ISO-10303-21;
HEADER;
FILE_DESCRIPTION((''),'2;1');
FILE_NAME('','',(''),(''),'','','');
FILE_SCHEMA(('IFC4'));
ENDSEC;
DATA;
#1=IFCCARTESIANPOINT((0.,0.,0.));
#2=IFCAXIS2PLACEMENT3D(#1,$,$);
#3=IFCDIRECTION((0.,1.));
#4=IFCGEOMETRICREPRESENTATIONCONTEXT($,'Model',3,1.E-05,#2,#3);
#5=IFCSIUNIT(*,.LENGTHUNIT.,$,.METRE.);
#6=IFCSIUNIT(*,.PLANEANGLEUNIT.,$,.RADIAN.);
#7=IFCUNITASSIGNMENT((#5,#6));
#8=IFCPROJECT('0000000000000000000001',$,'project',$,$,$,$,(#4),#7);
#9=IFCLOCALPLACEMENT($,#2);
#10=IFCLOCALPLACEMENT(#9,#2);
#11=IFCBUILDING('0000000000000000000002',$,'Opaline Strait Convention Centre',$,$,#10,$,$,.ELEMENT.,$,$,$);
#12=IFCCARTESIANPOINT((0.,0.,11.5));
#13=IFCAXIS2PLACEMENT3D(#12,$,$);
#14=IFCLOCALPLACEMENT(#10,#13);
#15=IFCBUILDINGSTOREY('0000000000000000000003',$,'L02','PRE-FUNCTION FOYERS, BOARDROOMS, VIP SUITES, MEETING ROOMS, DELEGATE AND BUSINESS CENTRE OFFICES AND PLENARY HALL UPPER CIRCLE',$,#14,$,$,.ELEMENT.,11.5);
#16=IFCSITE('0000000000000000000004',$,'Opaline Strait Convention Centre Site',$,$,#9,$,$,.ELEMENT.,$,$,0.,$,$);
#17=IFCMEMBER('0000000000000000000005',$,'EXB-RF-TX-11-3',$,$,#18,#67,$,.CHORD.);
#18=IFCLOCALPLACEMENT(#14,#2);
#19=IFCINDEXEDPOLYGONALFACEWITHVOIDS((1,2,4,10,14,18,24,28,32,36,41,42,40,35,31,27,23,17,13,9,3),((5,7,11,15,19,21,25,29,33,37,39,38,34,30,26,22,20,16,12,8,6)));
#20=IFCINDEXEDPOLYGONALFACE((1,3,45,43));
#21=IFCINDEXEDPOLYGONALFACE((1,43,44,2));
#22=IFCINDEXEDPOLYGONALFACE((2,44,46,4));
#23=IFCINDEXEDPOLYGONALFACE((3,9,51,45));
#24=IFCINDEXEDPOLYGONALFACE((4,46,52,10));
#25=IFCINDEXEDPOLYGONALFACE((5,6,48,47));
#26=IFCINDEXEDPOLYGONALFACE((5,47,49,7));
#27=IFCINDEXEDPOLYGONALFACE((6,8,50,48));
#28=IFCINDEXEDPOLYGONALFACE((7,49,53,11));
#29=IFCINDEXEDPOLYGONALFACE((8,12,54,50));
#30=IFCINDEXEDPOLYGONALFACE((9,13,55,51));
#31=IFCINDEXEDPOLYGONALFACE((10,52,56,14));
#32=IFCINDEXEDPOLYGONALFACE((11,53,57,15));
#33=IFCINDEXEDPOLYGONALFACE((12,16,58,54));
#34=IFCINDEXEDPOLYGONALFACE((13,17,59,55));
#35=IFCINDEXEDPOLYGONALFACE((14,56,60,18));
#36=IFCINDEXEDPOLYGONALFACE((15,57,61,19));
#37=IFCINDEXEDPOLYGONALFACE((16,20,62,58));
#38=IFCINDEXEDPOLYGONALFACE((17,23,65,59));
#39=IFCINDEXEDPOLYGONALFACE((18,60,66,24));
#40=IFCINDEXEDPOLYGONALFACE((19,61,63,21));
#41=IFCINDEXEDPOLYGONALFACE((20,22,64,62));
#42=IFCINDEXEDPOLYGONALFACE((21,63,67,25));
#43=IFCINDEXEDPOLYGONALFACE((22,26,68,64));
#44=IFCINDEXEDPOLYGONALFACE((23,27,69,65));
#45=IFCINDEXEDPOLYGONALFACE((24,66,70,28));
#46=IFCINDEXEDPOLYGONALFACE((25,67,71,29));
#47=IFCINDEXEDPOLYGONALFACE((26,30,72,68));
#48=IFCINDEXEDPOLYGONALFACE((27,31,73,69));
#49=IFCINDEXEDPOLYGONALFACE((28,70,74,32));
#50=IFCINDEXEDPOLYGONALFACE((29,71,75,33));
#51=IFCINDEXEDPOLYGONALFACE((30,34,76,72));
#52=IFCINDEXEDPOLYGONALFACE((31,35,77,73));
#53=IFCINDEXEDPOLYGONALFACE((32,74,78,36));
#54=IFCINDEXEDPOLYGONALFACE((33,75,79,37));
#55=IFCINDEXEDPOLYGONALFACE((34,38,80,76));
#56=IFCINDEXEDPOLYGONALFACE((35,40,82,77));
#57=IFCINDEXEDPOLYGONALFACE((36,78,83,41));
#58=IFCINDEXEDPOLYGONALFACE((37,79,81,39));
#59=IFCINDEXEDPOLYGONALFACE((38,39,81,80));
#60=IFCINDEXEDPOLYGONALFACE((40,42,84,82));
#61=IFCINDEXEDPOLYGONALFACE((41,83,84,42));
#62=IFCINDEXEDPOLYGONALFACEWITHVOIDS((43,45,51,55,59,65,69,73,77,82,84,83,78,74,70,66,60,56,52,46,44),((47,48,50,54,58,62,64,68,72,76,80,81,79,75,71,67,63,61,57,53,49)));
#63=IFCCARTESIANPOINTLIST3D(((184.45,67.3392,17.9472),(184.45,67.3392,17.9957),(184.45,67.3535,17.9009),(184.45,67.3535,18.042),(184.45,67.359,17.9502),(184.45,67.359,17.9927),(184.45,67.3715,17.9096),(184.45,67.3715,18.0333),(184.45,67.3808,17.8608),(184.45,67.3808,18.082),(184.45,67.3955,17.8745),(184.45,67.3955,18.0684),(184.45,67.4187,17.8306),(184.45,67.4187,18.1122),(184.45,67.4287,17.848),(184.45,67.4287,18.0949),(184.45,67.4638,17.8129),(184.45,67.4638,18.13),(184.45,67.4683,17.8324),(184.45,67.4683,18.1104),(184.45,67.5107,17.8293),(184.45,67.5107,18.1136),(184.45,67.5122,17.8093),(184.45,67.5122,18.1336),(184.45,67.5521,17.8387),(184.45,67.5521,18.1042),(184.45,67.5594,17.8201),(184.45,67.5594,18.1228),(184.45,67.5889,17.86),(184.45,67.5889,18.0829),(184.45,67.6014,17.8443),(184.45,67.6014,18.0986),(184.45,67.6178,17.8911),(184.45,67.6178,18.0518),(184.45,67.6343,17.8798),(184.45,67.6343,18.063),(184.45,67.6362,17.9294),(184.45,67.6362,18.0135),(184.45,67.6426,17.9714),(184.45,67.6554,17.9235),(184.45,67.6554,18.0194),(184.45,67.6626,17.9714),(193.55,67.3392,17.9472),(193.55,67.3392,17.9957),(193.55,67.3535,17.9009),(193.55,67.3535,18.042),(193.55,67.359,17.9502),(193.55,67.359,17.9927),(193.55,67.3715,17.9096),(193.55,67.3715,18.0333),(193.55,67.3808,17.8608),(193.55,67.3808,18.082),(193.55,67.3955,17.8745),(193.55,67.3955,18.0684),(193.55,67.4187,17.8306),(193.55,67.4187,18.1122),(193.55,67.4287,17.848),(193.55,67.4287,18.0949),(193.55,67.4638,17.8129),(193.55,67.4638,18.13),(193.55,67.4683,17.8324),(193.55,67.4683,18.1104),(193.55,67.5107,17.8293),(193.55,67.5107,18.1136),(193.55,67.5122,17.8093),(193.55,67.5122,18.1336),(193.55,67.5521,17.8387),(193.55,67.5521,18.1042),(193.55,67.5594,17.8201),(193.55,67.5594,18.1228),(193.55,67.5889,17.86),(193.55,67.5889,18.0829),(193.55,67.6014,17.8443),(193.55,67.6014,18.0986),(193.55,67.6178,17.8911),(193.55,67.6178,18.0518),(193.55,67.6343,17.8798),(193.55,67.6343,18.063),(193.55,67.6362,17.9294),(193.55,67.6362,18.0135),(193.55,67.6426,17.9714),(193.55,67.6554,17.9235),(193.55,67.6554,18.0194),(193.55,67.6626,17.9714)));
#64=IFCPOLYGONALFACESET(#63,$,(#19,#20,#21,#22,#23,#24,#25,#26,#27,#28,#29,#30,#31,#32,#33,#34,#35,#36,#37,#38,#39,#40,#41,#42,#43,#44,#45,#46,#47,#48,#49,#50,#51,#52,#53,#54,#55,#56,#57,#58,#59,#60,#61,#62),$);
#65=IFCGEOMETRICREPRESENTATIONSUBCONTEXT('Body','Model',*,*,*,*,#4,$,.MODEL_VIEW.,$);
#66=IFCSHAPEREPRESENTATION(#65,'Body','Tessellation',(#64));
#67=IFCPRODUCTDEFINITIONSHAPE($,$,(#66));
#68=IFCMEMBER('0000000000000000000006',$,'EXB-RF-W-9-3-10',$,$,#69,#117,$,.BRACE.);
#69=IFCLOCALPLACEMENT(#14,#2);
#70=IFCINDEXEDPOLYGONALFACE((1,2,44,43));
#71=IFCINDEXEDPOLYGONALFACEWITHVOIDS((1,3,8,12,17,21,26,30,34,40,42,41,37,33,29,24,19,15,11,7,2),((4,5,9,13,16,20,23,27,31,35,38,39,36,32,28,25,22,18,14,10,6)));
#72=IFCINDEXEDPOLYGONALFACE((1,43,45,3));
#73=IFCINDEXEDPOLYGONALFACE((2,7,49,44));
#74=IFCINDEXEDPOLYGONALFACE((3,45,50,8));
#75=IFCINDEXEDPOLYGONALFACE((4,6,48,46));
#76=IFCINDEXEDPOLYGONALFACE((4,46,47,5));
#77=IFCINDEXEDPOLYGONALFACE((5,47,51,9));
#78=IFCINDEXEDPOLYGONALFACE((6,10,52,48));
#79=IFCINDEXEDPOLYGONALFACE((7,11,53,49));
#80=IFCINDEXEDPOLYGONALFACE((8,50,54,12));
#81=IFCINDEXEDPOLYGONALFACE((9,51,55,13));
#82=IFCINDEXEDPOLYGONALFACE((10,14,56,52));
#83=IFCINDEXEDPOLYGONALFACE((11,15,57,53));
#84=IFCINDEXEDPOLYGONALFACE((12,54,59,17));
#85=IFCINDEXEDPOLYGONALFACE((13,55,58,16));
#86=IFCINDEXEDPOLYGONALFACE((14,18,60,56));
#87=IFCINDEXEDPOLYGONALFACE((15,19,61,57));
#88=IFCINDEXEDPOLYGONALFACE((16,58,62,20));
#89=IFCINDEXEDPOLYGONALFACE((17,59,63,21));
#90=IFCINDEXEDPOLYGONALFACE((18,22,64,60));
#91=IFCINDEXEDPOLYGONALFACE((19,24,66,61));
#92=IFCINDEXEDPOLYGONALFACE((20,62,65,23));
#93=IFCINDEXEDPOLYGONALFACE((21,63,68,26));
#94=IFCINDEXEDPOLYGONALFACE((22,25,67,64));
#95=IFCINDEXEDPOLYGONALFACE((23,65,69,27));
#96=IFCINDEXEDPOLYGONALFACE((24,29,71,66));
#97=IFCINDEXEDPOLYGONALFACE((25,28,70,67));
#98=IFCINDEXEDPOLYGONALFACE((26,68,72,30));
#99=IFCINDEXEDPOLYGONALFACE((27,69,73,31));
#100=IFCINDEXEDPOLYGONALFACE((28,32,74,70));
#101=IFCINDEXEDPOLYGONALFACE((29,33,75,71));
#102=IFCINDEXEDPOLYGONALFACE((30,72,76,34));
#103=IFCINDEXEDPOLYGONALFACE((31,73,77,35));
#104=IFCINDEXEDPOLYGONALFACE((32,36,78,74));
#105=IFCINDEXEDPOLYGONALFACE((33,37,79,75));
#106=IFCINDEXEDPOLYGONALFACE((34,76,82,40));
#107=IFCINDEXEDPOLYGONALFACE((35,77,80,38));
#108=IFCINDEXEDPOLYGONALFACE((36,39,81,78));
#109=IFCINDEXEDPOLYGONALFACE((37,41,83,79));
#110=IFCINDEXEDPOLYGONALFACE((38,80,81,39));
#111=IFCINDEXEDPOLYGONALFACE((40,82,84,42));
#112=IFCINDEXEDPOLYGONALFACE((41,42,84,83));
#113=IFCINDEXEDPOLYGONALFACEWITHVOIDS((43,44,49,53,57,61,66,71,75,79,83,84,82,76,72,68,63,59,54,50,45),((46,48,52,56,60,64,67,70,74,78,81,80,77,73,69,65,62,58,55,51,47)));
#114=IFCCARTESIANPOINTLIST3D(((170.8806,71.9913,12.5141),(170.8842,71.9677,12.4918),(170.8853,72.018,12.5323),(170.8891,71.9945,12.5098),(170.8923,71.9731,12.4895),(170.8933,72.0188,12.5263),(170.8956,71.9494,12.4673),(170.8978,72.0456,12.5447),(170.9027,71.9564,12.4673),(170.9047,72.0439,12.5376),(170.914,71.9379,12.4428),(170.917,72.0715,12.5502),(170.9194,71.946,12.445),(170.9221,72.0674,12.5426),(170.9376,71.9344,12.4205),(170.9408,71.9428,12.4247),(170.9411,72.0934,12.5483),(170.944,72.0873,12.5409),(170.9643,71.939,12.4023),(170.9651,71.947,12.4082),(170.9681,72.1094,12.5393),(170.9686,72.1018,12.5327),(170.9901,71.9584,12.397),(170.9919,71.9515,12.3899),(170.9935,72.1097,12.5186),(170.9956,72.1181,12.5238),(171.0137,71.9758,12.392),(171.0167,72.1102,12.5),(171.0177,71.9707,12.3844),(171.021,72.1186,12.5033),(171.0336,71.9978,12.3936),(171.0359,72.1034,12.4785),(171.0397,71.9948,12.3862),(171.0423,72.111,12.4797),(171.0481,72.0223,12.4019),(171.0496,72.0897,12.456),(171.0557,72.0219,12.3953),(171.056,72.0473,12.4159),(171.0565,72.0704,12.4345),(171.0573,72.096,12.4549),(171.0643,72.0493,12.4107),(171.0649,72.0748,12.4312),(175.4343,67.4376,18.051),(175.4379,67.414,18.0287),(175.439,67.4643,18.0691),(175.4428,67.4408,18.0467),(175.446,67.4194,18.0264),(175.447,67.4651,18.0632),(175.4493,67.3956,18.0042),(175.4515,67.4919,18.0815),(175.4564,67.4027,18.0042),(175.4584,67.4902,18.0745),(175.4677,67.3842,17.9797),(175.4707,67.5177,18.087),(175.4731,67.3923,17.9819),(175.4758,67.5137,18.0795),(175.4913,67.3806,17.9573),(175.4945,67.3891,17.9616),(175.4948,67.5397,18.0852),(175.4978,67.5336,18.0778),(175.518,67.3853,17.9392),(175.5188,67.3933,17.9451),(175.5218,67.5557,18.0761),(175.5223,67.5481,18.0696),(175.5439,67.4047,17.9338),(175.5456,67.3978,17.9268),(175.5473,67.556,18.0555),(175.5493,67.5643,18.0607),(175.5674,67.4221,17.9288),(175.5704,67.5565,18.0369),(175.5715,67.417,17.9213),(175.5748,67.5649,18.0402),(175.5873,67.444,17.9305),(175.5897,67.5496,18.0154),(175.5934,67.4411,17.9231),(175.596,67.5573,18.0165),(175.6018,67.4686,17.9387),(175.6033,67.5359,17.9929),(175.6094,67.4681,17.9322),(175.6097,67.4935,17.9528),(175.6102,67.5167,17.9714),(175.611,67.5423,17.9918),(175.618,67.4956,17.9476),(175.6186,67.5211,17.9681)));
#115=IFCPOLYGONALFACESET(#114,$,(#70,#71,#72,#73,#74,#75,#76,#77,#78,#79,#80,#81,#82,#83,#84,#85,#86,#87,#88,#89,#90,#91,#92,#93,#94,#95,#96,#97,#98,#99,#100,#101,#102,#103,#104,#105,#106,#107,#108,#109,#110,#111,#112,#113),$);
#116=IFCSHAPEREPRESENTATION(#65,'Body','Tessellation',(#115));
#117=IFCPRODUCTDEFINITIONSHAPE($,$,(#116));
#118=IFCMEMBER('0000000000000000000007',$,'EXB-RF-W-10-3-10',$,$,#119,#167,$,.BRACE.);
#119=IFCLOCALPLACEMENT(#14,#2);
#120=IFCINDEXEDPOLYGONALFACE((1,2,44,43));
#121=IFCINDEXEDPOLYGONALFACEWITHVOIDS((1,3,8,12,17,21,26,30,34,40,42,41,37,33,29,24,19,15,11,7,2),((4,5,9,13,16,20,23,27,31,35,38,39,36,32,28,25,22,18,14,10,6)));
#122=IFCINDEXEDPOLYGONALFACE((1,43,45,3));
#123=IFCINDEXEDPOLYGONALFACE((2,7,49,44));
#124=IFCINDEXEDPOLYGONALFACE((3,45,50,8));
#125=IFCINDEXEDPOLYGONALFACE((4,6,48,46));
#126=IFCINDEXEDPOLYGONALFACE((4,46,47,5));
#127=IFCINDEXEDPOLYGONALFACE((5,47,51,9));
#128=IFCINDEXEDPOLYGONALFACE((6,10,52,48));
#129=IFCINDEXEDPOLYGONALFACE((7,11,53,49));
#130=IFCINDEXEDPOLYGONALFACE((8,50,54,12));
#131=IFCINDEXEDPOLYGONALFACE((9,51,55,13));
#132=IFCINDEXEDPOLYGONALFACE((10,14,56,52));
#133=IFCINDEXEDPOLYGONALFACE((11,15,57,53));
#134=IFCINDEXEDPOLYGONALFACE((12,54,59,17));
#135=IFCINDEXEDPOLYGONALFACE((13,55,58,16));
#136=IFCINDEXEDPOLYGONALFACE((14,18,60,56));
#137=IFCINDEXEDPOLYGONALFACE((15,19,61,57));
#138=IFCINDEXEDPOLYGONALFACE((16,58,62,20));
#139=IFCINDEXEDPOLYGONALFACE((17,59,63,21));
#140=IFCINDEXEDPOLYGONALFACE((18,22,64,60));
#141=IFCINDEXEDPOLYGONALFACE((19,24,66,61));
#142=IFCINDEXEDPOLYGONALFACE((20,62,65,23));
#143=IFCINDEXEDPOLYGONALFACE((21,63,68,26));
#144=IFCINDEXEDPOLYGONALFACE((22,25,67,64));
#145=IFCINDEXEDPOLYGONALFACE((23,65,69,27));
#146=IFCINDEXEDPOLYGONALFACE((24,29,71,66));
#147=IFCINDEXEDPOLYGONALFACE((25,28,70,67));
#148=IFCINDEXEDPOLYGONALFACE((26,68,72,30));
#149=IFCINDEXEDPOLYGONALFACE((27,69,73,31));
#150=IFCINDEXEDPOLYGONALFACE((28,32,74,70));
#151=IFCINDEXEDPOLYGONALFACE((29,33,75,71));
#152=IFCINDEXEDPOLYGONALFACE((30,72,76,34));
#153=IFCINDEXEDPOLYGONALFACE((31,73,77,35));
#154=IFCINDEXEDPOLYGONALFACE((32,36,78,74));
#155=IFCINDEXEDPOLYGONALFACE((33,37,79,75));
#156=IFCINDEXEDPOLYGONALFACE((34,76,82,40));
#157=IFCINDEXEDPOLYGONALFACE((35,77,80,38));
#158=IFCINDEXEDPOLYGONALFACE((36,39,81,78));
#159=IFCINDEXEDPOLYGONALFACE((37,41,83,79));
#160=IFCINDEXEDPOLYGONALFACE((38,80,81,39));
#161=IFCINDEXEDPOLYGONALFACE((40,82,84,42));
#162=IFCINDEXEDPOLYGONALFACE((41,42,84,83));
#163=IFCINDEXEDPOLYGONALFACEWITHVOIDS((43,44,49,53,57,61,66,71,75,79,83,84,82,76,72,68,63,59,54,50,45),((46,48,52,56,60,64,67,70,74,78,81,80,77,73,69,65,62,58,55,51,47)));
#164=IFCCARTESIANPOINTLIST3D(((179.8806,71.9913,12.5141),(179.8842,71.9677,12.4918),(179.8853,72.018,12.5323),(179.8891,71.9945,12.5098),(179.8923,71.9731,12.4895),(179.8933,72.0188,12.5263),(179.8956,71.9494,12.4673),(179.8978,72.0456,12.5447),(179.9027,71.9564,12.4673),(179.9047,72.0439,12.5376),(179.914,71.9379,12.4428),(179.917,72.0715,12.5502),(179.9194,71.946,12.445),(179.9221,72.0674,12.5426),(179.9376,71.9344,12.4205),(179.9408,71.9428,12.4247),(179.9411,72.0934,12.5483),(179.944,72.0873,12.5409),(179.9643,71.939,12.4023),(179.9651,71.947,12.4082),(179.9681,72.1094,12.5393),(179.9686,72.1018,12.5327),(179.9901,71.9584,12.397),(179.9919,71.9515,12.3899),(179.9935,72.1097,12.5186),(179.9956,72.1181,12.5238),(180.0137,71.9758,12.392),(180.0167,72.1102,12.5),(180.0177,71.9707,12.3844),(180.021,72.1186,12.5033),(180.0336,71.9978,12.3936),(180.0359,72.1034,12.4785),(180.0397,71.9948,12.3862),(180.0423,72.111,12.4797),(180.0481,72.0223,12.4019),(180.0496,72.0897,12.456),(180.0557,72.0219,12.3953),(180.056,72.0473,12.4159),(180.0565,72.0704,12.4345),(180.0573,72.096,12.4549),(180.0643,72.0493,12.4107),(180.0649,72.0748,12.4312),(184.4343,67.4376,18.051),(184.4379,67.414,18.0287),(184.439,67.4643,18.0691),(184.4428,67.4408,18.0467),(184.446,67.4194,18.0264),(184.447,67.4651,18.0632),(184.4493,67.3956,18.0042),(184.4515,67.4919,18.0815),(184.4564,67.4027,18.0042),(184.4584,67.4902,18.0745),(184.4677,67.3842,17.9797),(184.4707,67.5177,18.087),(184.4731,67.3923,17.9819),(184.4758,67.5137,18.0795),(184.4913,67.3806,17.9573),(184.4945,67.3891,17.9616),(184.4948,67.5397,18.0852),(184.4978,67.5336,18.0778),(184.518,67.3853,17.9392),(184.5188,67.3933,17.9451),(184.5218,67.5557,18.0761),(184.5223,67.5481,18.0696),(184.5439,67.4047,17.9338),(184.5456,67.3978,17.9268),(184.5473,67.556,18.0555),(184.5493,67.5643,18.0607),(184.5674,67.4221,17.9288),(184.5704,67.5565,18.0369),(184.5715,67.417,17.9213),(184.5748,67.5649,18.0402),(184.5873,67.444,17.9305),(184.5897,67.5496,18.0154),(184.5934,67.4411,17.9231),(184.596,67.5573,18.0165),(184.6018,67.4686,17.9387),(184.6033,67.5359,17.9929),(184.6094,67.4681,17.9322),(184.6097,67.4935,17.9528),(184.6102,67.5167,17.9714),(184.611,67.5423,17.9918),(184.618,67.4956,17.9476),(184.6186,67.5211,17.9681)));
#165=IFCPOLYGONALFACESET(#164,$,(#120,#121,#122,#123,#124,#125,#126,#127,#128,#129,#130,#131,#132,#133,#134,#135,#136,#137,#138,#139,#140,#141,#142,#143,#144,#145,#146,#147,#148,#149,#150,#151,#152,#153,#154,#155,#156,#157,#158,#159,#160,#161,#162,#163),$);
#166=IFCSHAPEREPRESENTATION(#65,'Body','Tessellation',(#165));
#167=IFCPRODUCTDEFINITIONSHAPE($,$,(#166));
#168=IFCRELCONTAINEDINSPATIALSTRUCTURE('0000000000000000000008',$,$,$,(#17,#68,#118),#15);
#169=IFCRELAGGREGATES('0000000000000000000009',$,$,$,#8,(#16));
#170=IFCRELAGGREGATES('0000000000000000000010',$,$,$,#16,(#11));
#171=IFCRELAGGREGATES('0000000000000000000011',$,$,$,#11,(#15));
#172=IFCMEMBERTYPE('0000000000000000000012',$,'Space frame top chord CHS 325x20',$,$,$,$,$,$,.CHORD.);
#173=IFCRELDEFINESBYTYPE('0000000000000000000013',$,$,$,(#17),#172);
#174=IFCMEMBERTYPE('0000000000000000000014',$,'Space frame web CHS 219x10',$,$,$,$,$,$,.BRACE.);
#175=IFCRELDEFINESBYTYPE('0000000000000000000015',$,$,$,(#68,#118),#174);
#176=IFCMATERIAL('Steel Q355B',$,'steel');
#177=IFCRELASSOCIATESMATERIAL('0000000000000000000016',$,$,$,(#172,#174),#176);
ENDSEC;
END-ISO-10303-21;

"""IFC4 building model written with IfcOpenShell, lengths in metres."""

from ifc_helpers import new_model, si_unit, direction, frame, origin, origin_2d, place, context, subcontext, project, spatial, hollow_circle, extrude, material, material_profile, profile_set, type_object, element, save


model = new_model("IFC4")

# Units and contexts
model_context = context("Model", 3, precision=1e-05, world=origin(), true_north=direction((0.0, 1.0)))
body_context = subcontext(model_context, "Body", "Model", "MODEL_VIEW")
ifc_project = project(units=[si_unit("LENGTHUNIT", "METRE"), si_unit("PLANEANGLEUNIT", "RADIAN")], contexts=[model_context])

# Site, building, storey
site_placement = place(None, origin())
site = spatial("IfcSite", under=ifc_project, at=site_placement, Name="Opaline Strait Convention Centre Site", CompositionType="ELEMENT", RefElevation=0.0)
building_placement = place(site_placement, origin())
building = spatial("IfcBuilding", under=site, at=building_placement, Name="Opaline Strait Convention Centre", CompositionType="ELEMENT")
storey_placement = place(building_placement, frame((0.0, 0.0, 11.5)))
storey = spatial("IfcBuildingStorey", under=building, at=storey_placement, Name="L02", Description="PRE-FUNCTION FOYERS, BOARDROOMS, VIP SUITES, MEETING ROOMS, DELEGATE AND BUSINESS CENTRE OFFICES AND PLENARY HALL UPPER CIRCLE", CompositionType="ELEMENT", Elevation=11.5)

# Members
ifc_material = material(Name="Steel Q355B", Category="steel")
ifc_material_profile_1 = material_profile(ifc_material, hollow_circle(Radius=0.1626, WallThickness=0.02, at=origin_2d()), Name="CHS 325x20")
ifc_profile_set_1 = profile_set([ifc_material_profile_1], Name="Steel Q355B")
member_type_1 = type_object("IfcMemberType", Name="Space frame top chord CHS 325x20", PredefinedType="CHORD", material=ifc_profile_set_1)
for number, where, z_axis, x_axis, name in (
    (1, (184.45, 67.5, 17.9714), (1.0, 0.0, 0.0), (0.0, 1.0, 0.0), "EXB-RF-TX-11-3"),
):
    element("IfcMember", number, at=place(storey_placement, frame(where, z_axis=z_axis, x_axis=x_axis)), inside=storey, type_object=member_type_1, Name=name, PredefinedType="CHORD", context=body_context, shape_type="SweptSolid", body=[
        extrude(hollow_circle(Radius=0.1626, WallThickness=0.02, at=origin_2d()), origin(), (0.0, 0.0, 1.0), 9.1001),
    ])
ifc_material_profile_2 = material_profile(ifc_material, hollow_circle(Radius=0.1096, WallThickness=0.01, at=origin_2d()), Name="CHS 219x10")
ifc_profile_set_2 = profile_set([ifc_material_profile_2], Name="Steel Q355B")
member_type_2 = type_object("IfcMemberType", Name="Space frame web CHS 219x10", PredefinedType="BRACE", material=ifc_profile_set_2)
for number, where, z_axis, x_axis, name in (
    (2, (175.5269, 67.4731, 18.0042), (-0.536178, 0.536178, -0.65194), (-0.707107, -0.707107, 0.0), "EXB-RF-W-9-3-10"),
    (3, (184.5269, 67.4731, 18.0042), (-0.536178, 0.536178, -0.65194), (-0.707107, -0.707107, 0.0), "EXB-RF-W-10-3-10"),
):
    element("IfcMember", number, at=place(storey_placement, frame(where, z_axis=z_axis, x_axis=x_axis)), inside=storey, type_object=member_type_2, Name=name, PredefinedType="BRACE", context=body_context, shape_type="SweptSolid", body=[
        extrude(hollow_circle(Radius=0.1096, WallThickness=0.01, at=origin_2d()), origin(), (0.0, 0.0, 1.0), 8.4929),
    ])

save(model, "model.ifc")
